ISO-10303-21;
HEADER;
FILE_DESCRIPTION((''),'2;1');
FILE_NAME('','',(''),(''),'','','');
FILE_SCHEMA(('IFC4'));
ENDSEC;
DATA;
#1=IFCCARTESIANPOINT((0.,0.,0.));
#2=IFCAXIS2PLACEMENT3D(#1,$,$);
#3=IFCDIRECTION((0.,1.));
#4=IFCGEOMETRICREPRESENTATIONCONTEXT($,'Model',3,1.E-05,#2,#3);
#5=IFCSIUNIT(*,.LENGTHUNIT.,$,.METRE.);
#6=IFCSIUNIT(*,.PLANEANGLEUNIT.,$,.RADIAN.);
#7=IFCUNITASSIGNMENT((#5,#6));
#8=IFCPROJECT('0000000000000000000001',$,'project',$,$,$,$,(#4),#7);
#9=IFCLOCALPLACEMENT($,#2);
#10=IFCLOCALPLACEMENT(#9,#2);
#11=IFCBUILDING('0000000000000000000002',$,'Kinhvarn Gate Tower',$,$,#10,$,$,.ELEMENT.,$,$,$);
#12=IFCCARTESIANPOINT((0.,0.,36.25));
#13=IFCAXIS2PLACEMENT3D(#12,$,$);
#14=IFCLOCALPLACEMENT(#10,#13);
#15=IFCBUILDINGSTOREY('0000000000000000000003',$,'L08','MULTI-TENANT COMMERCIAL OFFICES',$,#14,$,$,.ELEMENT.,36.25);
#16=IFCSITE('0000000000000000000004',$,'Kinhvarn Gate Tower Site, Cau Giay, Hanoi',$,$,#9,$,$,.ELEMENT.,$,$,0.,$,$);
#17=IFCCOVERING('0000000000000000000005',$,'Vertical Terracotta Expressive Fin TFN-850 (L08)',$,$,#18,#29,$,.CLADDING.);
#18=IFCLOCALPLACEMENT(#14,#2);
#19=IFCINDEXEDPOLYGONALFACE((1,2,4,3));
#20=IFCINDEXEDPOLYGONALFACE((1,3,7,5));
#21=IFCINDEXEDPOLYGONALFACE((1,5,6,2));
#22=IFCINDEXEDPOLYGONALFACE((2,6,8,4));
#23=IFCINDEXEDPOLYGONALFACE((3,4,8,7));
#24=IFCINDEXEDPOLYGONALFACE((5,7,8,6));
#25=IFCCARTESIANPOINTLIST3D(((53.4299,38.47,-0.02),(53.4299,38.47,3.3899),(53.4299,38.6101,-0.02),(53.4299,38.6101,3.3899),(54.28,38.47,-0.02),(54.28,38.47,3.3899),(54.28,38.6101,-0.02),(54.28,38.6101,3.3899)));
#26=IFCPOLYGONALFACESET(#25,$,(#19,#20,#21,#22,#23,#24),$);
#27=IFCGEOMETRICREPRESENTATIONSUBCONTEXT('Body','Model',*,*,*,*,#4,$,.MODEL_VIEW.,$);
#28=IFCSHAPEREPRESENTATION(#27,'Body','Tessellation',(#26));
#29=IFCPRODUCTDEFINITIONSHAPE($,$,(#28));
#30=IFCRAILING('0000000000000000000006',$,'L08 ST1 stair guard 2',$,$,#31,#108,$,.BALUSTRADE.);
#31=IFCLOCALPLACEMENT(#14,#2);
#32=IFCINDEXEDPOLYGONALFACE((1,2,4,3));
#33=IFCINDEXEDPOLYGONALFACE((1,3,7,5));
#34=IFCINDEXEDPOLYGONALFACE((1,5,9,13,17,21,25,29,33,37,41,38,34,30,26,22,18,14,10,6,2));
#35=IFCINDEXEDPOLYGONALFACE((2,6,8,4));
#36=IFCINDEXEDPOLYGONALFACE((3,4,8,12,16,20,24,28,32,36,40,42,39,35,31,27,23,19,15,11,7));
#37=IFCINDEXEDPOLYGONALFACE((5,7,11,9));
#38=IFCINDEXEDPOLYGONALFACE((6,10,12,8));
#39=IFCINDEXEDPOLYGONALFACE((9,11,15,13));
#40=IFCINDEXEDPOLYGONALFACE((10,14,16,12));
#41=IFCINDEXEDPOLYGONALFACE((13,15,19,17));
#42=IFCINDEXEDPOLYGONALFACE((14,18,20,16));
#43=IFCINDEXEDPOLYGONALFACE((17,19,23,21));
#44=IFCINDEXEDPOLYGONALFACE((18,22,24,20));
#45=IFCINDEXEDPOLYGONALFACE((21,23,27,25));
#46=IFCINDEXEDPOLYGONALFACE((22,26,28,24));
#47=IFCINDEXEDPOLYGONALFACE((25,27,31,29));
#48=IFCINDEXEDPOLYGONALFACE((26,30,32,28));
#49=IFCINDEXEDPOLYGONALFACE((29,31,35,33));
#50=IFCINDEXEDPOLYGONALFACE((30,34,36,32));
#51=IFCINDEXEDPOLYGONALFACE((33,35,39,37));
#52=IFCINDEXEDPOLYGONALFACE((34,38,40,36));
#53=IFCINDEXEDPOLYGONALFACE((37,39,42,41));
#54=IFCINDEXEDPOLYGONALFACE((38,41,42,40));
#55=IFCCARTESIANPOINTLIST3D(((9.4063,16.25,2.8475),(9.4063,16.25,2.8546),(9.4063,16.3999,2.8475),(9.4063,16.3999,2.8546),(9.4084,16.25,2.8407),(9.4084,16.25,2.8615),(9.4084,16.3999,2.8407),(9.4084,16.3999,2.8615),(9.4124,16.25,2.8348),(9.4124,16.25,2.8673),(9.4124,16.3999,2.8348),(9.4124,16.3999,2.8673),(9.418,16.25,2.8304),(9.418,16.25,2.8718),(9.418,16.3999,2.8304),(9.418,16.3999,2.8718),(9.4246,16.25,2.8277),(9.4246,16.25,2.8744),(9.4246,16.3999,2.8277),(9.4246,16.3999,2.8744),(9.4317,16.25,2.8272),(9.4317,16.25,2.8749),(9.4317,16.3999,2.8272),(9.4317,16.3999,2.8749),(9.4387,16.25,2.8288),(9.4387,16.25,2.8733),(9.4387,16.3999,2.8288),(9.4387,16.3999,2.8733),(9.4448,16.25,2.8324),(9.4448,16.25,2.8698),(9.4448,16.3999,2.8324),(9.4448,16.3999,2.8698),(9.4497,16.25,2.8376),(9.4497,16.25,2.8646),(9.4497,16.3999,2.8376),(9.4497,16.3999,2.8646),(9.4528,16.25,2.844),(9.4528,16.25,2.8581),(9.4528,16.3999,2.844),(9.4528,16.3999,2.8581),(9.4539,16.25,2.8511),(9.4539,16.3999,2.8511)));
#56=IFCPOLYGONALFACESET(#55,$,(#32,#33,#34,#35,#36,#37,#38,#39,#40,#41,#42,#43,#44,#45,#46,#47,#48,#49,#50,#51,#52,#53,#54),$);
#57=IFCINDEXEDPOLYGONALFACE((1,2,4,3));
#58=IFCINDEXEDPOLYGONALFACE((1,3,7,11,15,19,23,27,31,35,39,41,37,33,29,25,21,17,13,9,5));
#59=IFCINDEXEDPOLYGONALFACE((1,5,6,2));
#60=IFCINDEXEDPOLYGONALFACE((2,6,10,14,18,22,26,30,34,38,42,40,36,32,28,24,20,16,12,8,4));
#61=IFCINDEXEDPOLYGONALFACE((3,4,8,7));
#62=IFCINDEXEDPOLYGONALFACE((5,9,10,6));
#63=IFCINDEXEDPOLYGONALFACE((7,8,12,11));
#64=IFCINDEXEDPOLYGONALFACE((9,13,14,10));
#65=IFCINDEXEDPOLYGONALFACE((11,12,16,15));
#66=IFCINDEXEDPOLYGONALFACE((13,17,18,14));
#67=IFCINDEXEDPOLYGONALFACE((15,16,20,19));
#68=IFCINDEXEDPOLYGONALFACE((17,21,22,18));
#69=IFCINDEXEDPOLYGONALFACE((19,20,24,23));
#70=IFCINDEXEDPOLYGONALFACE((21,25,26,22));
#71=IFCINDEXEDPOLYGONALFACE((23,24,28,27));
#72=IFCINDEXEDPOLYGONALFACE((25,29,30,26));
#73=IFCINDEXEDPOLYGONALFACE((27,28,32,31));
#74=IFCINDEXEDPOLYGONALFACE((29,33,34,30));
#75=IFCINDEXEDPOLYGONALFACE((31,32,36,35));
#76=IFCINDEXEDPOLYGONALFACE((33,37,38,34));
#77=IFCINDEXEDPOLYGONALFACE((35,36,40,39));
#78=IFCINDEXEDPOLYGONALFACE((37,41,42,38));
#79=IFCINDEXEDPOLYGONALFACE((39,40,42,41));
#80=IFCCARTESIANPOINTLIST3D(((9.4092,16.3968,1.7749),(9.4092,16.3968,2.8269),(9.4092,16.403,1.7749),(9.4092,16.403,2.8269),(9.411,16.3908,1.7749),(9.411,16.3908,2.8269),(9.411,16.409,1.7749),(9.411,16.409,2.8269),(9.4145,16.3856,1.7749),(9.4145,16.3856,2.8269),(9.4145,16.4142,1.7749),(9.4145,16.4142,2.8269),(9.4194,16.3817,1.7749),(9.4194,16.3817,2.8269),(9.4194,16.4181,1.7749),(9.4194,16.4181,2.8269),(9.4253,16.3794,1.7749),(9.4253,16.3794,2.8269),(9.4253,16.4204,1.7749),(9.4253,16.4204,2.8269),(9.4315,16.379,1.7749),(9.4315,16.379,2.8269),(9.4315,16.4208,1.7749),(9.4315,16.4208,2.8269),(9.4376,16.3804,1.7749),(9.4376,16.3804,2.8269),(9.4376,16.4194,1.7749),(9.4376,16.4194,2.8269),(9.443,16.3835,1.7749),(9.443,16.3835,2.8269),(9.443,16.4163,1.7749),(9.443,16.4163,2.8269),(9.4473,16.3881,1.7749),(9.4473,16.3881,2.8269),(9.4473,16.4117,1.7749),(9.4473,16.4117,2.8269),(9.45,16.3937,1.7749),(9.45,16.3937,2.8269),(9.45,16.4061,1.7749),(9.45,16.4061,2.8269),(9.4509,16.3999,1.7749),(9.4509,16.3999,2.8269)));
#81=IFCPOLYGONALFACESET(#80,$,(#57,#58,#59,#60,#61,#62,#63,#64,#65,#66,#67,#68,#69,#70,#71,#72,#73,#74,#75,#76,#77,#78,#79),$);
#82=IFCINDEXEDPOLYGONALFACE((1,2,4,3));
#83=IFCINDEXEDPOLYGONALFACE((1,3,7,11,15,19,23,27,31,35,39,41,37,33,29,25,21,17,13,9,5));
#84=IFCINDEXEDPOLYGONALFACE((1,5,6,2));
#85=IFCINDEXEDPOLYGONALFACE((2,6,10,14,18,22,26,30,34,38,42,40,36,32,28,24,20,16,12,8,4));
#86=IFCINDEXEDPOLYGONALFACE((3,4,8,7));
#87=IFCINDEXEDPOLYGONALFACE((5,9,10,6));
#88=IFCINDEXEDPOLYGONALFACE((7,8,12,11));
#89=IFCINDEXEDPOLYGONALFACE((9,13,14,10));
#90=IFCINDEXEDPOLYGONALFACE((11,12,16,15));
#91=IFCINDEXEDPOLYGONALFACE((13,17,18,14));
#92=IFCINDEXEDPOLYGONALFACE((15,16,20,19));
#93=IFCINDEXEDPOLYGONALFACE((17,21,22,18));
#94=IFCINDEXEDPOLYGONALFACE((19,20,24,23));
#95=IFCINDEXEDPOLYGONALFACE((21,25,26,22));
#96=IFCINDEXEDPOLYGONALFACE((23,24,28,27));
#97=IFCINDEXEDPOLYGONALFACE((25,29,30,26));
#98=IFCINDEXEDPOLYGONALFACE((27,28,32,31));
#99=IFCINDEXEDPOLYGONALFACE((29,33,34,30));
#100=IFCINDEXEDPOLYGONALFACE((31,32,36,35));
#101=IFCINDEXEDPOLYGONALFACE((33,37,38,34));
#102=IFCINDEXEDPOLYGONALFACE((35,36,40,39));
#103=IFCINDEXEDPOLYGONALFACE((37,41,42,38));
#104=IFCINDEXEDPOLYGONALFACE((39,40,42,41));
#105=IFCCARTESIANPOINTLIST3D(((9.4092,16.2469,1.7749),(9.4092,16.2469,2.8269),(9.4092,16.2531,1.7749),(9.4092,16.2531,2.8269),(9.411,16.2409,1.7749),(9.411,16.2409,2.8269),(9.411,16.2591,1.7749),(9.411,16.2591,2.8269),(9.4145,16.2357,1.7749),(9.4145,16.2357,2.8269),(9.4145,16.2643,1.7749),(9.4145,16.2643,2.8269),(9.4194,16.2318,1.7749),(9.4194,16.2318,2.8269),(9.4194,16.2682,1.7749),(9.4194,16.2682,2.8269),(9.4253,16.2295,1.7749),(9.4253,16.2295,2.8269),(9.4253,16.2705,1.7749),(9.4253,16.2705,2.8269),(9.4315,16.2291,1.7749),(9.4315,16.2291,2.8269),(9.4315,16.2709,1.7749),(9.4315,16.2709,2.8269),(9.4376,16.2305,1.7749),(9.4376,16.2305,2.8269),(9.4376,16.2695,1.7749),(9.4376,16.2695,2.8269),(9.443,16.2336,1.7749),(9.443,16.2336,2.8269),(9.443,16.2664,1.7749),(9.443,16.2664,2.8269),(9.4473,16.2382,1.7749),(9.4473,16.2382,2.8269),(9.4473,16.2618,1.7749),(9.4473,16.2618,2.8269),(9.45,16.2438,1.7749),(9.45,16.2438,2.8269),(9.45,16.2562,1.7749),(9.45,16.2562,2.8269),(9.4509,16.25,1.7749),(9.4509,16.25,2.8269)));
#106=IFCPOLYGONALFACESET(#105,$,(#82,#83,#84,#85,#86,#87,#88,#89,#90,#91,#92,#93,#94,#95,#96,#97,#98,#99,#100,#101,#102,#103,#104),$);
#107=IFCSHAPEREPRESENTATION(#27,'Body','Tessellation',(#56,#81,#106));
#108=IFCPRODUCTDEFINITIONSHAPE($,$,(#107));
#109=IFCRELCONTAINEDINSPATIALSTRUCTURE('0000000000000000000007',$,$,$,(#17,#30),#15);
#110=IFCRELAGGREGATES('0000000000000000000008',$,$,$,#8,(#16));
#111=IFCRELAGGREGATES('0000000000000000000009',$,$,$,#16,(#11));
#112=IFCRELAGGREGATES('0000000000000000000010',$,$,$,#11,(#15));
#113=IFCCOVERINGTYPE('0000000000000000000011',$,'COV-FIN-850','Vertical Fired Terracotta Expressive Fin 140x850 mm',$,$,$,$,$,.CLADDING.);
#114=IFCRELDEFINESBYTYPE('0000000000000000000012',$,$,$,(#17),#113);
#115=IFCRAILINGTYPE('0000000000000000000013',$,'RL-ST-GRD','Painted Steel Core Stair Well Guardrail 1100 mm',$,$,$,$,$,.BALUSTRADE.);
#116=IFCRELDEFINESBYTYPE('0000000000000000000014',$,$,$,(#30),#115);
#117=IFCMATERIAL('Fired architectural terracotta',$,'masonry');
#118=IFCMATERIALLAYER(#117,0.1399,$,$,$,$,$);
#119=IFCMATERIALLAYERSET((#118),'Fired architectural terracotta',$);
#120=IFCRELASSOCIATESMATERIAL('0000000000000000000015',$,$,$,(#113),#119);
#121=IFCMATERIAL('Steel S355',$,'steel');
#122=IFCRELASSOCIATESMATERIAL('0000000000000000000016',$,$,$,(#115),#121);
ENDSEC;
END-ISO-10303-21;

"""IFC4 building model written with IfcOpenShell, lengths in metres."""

from ifc_helpers import new_model, si_unit, direction, frame, origin, origin_2d, place, context, subcontext, project, spatial, polyline, circle, outline, extrude, material, layer, layer_set, type_object, element, save


model = new_model("IFC4")

# Units and contexts
model_context = context("Model", 3, precision=1e-05, world=origin(), true_north=direction((0.0, 1.0)))
body_context = subcontext(model_context, "Body", "Model", "MODEL_VIEW")
ifc_project = project(units=[si_unit("LENGTHUNIT", "METRE"), si_unit("PLANEANGLEUNIT", "RADIAN")], contexts=[model_context])

# Site, building, storey
site_placement = place(None, origin())
site = spatial("IfcSite", under=ifc_project, at=site_placement, Name="Kinhvarn Gate Tower Site, Cau Giay, Hanoi", CompositionType="ELEMENT", RefElevation=0.0)
building_placement = place(site_placement, origin())
building = spatial("IfcBuilding", under=site, at=building_placement, Name="Kinhvarn Gate Tower", CompositionType="ELEMENT")
storey_placement = place(building_placement, frame((0.0, 0.0, 36.25)))
storey = spatial("IfcBuildingStorey", under=building, at=storey_placement, Name="L08", Description="MULTI-TENANT COMMERCIAL OFFICES", CompositionType="ELEMENT", Elevation=36.25)

# Shared definitions
ifc_material_1 = material(Name="Steel S355", Category="steel")

# Shared definitions
ifc_material_2 = material(Name="Fired architectural terracotta", Category="masonry")

# Covering
ifc_layer_1 = layer(ifc_material_2, 0.1399)
ifc_layer_set_1 = layer_set([ifc_layer_1], Name="Fired architectural terracotta")
covering_type_1 = type_object("IfcCoveringType", Name="COV-FIN-850", Description="Vertical Fired Terracotta Expressive Fin 140x850 mm", PredefinedType="CLADDING", material=ifc_layer_set_1)
covering_1_placement = place(storey_placement, frame((0.0, 0.0, -0.02)))
element("IfcCovering", 1, at=covering_1_placement, inside=storey, type_object=covering_type_1, Name="Vertical Terracotta Expressive Fin TFN-850 (L08)", PredefinedType="CLADDING", context=body_context, shape_type="SweptSolid", body=[
    extrude(outline(polyline([(53.4299, 38.47), (53.4299, 38.6101), (54.28, 38.6101), (54.28, 38.47), (53.4299, 38.47)])), origin(), (0.0, 0.0, 1.0), 3.4099),
])

# Railing
railing_type_1 = type_object("IfcRailingType", Name="RL-ST-GRD", Description="Painted Steel Core Stair Well Guardrail 1100 mm", PredefinedType="BALUSTRADE", material=ifc_material_1)
railing_1_placement = place(storey_placement, frame((9.4299, 16.3999, 1.7749)))
element("IfcRailing", 2, at=railing_1_placement, inside=storey, type_object=railing_type_1, Name="L08 ST1 stair guard 2", PredefinedType="BALUSTRADE", context=body_context, shape_type="SweptSolid", body=[
    extrude(circle(Radius=0.0239, at=origin_2d()), frame((0.0, 0.0, 1.0762), z_axis=(0.0, -1.0, 0.0), x_axis=(1.0, 0.0, 0.0)), (0.0, 0.0, 1.0), 0.1499),
    extrude(circle(Radius=0.021, at=origin_2d()), origin(), (0.0, 0.0, 1.0), 1.052),
    extrude(circle(Radius=0.021, at=origin_2d()), frame((0.0, -0.1499, 0.0)), (0.0, 0.0, 1.0), 1.052),
])

save(model, "model.ifc")
